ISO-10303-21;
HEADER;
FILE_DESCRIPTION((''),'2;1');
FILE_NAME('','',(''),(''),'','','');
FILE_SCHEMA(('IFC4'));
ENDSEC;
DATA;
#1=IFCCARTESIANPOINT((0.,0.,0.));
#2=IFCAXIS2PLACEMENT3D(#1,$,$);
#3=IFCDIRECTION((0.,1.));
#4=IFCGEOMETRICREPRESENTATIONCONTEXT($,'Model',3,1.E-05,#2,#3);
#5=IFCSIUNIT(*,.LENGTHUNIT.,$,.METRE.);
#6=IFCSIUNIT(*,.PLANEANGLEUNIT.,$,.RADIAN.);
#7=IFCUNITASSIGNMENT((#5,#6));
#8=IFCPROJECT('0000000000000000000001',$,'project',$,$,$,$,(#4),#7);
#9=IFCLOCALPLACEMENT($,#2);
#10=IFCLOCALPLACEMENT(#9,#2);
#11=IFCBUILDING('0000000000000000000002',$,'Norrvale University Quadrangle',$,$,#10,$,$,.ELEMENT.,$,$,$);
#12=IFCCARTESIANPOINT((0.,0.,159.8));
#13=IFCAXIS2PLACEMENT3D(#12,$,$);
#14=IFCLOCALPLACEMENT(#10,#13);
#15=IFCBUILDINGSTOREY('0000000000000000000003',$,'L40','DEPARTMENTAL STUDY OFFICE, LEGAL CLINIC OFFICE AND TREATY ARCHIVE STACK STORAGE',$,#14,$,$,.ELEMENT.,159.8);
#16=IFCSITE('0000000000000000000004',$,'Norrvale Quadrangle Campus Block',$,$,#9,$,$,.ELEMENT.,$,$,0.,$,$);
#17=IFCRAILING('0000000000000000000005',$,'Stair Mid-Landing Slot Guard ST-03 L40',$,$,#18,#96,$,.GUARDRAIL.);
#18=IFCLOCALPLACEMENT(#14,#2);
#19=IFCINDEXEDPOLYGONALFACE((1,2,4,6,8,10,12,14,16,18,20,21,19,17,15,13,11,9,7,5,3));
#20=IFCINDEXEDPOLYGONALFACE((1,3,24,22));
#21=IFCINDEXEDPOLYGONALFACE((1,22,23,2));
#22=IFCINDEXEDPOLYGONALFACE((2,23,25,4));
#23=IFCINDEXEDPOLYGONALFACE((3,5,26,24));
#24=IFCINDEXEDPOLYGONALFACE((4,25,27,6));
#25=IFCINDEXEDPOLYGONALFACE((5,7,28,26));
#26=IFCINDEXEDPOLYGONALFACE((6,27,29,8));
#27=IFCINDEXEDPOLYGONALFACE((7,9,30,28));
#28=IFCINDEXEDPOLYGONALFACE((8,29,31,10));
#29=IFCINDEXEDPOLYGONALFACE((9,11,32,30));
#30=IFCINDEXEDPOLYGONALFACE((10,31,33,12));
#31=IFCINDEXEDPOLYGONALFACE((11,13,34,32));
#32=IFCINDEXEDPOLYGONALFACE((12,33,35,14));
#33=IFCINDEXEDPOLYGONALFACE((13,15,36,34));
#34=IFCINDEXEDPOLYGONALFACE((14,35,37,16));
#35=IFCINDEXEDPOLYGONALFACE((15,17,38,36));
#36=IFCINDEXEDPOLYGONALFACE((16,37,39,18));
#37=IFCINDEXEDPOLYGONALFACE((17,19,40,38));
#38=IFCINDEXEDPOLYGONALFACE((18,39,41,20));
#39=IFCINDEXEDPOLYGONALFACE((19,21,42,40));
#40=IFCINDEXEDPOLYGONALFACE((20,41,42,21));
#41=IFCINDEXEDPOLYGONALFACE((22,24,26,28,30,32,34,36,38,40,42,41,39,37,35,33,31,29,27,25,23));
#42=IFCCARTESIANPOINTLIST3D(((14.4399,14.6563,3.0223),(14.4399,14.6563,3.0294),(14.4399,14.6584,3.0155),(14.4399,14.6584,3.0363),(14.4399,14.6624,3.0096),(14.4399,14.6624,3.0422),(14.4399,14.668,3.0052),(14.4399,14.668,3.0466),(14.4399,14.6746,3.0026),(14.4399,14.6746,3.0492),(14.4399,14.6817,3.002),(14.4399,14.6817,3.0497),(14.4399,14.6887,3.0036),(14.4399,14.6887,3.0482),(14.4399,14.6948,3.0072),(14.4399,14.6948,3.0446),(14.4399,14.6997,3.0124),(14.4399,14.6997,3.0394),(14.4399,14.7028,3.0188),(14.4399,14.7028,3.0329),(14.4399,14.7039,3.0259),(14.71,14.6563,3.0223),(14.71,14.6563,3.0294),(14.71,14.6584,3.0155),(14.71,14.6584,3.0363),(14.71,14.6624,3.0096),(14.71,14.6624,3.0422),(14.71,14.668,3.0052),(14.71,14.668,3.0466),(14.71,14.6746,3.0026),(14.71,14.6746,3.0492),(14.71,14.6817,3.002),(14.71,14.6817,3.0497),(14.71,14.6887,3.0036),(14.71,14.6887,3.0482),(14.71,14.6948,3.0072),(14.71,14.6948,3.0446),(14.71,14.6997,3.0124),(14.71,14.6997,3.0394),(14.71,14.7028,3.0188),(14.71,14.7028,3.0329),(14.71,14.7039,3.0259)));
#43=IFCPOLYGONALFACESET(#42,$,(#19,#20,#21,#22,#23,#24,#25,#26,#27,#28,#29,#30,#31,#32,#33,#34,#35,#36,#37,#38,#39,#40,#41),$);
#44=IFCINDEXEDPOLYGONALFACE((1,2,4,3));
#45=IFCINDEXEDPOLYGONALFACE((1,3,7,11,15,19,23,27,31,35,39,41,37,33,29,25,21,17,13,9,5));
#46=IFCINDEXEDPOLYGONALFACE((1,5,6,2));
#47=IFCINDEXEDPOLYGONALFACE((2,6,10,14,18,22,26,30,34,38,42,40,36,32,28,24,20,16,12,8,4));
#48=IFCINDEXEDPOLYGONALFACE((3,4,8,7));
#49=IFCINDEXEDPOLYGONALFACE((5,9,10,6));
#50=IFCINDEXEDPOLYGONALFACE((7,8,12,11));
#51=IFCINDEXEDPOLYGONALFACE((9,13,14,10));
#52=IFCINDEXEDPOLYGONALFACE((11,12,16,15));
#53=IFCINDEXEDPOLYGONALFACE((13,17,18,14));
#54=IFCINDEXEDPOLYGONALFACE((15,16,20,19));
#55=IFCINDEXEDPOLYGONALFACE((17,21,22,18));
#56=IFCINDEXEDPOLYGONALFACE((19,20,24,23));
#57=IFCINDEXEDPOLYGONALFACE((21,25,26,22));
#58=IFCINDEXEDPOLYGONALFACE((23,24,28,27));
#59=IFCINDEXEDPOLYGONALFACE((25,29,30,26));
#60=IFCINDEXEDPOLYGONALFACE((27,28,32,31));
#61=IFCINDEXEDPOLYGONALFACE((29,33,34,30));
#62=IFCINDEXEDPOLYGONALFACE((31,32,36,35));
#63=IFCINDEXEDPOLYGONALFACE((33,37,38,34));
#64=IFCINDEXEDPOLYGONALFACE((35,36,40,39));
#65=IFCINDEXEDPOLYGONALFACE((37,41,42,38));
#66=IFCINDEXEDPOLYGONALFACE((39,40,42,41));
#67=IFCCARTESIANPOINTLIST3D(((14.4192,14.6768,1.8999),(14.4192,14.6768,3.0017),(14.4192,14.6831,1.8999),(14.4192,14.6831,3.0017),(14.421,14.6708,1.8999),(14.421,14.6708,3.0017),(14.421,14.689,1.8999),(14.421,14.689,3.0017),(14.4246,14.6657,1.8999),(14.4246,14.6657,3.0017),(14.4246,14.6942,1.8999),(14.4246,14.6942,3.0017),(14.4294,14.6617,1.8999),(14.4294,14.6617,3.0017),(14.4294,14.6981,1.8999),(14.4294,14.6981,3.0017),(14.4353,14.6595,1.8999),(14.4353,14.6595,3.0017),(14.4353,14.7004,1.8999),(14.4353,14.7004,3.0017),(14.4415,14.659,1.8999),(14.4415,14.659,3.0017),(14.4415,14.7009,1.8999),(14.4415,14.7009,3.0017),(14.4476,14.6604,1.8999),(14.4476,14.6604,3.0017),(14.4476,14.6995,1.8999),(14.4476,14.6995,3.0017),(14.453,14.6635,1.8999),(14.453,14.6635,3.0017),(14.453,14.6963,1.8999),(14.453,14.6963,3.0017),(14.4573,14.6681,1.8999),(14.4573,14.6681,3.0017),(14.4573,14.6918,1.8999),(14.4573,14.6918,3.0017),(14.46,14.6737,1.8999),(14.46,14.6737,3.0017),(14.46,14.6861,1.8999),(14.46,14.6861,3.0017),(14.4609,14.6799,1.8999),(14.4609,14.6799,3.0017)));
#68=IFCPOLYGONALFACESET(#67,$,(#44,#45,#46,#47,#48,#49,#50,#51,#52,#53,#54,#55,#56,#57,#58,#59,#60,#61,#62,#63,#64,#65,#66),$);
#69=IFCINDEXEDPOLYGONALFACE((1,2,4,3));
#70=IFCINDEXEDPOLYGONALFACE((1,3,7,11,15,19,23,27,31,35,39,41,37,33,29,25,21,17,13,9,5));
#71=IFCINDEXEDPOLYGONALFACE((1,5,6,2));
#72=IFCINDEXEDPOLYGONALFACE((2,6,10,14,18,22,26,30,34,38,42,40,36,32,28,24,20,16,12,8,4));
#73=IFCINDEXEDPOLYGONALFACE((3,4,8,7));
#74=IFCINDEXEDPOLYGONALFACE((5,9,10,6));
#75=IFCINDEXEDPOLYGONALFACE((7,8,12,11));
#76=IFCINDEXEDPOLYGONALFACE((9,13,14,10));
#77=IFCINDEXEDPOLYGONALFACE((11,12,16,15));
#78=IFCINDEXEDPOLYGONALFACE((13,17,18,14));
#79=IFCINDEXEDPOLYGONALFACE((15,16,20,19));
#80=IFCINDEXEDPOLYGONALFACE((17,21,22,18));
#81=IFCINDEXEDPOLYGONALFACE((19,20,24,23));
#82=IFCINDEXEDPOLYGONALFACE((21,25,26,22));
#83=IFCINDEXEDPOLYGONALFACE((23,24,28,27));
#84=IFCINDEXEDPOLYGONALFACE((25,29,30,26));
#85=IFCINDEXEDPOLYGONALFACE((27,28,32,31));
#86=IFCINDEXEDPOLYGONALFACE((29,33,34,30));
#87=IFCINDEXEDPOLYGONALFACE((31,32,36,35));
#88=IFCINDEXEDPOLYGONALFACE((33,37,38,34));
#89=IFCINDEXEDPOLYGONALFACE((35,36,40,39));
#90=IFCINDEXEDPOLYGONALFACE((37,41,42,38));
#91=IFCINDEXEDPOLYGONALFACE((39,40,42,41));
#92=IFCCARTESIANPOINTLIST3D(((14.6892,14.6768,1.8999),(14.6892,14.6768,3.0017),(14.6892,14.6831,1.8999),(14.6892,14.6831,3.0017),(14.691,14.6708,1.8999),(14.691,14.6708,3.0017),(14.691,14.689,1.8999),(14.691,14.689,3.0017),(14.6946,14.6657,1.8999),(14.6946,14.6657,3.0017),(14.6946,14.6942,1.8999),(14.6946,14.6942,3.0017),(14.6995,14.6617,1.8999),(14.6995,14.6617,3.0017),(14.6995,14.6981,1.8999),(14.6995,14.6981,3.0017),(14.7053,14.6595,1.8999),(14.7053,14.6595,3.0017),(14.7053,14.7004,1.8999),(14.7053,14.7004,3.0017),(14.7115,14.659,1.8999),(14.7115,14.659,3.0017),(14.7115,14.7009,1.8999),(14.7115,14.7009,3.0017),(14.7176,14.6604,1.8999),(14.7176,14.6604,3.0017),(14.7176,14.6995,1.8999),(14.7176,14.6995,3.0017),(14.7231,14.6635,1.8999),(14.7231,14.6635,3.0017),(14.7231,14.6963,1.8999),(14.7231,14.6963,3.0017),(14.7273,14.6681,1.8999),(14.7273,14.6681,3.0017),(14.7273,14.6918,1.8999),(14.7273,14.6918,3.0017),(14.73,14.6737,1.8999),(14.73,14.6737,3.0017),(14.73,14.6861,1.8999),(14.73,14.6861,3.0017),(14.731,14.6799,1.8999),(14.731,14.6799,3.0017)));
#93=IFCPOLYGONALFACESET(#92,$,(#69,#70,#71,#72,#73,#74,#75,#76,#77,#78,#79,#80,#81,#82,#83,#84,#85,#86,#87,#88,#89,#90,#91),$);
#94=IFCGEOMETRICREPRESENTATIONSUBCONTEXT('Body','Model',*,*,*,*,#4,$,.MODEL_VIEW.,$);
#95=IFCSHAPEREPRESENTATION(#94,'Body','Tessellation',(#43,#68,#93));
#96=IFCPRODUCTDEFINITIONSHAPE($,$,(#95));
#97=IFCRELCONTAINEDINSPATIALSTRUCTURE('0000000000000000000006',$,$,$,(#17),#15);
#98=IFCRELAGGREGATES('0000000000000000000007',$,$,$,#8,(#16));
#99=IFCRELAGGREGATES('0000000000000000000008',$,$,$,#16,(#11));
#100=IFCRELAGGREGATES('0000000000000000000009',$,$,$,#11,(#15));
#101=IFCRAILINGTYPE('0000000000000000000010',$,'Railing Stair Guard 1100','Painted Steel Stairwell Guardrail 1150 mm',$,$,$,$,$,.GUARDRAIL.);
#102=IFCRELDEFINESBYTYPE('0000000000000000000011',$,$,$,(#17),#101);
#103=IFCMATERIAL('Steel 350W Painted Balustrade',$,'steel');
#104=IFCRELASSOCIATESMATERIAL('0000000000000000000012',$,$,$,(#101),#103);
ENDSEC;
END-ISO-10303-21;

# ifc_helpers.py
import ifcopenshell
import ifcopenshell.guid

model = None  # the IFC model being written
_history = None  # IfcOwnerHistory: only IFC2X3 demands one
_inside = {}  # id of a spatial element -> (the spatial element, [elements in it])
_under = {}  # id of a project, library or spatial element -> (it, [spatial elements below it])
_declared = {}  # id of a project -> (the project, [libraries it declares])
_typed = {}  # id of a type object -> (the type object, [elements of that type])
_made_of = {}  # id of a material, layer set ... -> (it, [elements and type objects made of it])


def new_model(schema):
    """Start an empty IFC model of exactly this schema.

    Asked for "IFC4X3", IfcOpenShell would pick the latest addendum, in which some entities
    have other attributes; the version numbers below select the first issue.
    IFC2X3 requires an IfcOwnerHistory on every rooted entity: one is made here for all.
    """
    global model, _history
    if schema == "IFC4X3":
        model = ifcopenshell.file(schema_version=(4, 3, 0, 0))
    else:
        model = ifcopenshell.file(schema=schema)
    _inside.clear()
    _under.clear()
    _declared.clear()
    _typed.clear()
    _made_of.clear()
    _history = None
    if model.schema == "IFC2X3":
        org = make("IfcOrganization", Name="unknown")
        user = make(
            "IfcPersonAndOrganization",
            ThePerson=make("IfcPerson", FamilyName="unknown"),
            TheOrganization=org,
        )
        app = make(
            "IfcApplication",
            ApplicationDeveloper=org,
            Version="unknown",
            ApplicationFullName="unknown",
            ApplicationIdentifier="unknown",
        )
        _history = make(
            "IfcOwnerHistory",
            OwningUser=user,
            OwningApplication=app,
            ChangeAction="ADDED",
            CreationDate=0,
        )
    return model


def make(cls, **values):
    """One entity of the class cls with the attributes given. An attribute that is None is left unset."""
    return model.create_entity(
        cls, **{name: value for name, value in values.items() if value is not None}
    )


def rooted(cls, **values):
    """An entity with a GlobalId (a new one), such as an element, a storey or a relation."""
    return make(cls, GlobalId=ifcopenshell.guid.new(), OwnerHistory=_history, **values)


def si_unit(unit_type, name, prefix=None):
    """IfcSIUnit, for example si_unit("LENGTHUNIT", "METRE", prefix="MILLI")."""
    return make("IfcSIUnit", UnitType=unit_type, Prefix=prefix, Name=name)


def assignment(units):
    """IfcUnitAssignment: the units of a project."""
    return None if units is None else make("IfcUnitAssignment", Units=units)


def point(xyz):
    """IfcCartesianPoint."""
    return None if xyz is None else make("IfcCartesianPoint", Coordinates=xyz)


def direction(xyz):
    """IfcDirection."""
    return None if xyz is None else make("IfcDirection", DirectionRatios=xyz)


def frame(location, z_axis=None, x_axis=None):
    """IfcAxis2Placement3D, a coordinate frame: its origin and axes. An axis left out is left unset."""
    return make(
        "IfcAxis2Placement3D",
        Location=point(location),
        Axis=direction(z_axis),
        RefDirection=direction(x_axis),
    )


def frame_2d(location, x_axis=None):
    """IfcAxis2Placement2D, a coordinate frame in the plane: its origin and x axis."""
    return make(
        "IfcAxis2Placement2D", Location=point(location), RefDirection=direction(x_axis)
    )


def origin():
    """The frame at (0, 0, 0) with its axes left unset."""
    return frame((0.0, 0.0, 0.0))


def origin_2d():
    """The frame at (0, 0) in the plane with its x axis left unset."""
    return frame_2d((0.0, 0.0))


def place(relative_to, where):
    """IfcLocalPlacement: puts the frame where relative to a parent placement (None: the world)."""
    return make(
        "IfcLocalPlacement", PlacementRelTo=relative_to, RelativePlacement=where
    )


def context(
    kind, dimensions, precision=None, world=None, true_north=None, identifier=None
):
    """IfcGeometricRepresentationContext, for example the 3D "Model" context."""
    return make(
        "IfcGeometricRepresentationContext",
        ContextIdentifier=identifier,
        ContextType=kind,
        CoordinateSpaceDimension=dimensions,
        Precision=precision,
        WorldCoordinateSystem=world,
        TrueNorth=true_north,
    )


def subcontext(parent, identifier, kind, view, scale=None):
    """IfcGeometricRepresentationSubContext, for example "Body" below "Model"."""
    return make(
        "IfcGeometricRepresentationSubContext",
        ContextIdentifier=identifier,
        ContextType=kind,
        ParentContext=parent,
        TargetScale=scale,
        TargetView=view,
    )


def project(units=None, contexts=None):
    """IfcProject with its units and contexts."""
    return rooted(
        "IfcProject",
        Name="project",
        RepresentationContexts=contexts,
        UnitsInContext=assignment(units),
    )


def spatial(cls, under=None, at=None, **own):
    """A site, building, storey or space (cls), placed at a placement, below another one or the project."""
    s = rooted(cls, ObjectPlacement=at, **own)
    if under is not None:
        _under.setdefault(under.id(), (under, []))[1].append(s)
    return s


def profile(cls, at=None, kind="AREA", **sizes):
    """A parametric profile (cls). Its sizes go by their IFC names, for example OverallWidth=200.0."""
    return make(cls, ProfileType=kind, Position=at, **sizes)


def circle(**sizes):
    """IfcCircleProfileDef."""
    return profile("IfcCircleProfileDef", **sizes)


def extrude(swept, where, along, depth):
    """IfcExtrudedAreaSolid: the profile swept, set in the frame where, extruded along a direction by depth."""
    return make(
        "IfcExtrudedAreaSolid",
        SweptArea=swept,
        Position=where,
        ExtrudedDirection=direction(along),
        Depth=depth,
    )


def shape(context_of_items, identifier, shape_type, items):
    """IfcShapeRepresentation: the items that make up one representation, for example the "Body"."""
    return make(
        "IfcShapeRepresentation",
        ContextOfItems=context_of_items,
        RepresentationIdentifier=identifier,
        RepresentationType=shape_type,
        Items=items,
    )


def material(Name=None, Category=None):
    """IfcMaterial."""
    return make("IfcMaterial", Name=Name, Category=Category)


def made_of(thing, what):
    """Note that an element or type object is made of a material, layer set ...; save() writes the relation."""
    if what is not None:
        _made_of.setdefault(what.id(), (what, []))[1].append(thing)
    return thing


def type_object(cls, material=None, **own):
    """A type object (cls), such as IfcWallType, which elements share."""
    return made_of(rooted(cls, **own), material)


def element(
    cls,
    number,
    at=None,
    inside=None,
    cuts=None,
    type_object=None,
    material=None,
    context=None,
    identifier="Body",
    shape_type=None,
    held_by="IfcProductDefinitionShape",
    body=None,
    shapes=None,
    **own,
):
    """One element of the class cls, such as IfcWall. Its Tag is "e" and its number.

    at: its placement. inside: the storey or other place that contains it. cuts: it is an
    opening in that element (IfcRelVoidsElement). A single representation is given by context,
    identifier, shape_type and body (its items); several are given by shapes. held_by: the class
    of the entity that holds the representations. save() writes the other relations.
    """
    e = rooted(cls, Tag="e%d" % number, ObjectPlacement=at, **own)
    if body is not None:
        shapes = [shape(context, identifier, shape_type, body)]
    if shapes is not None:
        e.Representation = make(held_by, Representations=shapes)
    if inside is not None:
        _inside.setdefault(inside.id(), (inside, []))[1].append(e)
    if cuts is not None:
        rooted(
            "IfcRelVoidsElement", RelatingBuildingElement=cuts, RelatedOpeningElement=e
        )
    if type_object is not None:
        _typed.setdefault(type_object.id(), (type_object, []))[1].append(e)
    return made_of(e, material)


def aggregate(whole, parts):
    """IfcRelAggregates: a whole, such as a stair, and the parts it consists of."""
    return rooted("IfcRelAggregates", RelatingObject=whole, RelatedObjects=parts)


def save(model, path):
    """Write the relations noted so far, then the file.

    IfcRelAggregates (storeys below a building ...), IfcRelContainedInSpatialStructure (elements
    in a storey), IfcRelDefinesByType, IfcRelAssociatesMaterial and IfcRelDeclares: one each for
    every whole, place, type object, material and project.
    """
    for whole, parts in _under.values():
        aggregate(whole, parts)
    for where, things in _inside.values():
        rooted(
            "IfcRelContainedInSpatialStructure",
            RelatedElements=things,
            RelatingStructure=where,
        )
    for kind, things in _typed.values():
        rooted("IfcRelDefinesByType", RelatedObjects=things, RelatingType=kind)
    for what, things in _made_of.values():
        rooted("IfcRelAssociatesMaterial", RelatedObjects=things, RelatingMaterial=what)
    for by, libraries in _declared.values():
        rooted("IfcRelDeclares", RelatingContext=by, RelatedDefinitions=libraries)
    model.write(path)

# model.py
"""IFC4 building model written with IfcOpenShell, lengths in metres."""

from ifc_helpers import new_model, si_unit, direction, frame, origin, origin_2d, place, context, subcontext, project, spatial, circle, extrude, material, type_object, element, save


model = new_model("IFC4")

# Units and contexts
model_context = context("Model", 3, precision=1e-05, world=origin(), true_north=direction((0.0, 1.0)))
body_context = subcontext(model_context, "Body", "Model", "MODEL_VIEW")
ifc_project = project(units=[si_unit("LENGTHUNIT", "METRE"), si_unit("PLANEANGLEUNIT", "RADIAN")], contexts=[model_context])

# Site, building, storey
site_placement = place(None, origin())
site = spatial("IfcSite", under=ifc_project, at=site_placement, Name="Norrvale Quadrangle Campus Block", CompositionType="ELEMENT", RefElevation=0.0)
building_placement = place(site_placement, origin())
building = spatial("IfcBuilding", under=site, at=building_placement, Name="Norrvale University Quadrangle", CompositionType="ELEMENT")
storey_placement = place(building_placement, frame((0.0, 0.0, 159.8)))
storey = spatial("IfcBuildingStorey", under=building, at=storey_placement, Name="L40", Description="DEPARTMENTAL STUDY OFFICE, LEGAL CLINIC OFFICE AND TREATY ARCHIVE STACK STORAGE", CompositionType="ELEMENT", Elevation=159.8)

# Railing
ifc_material_1 = material(Name="Steel 350W Painted Balustrade", Category="steel")
railing_type_1 = type_object("IfcRailingType", Name="Railing Stair Guard 1100", Description="Painted Steel Stairwell Guardrail 1150 mm", PredefinedType="GUARDRAIL", material=ifc_material_1)
railing_1_placement = place(storey_placement, frame((14.4399, 14.6799, 1.8999)))
element("IfcRailing", 1, at=railing_1_placement, inside=storey, type_object=railing_type_1, Name="Stair Mid-Landing Slot Guard ST-03 L40", PredefinedType="GUARDRAIL", context=body_context, shape_type="SweptSolid", body=[
    extrude(circle(Radius=0.0239, at=origin_2d()), frame((0.0, 0.0, 1.126), z_axis=(1.0, 0.0, 0.0), x_axis=(0.0, 1.0, 0.0)), (0.0, 0.0, 1.0), 0.27),
    extrude(circle(Radius=0.021, at=origin_2d()), origin(), (0.0, 0.0, 1.0), 1.1018),
    extrude(circle(Radius=0.021, at=origin_2d()), frame((0.27, 0.0, 0.0)), (0.0, 0.0, 1.0), 1.1018),
])

save(model, "model.ifc")
